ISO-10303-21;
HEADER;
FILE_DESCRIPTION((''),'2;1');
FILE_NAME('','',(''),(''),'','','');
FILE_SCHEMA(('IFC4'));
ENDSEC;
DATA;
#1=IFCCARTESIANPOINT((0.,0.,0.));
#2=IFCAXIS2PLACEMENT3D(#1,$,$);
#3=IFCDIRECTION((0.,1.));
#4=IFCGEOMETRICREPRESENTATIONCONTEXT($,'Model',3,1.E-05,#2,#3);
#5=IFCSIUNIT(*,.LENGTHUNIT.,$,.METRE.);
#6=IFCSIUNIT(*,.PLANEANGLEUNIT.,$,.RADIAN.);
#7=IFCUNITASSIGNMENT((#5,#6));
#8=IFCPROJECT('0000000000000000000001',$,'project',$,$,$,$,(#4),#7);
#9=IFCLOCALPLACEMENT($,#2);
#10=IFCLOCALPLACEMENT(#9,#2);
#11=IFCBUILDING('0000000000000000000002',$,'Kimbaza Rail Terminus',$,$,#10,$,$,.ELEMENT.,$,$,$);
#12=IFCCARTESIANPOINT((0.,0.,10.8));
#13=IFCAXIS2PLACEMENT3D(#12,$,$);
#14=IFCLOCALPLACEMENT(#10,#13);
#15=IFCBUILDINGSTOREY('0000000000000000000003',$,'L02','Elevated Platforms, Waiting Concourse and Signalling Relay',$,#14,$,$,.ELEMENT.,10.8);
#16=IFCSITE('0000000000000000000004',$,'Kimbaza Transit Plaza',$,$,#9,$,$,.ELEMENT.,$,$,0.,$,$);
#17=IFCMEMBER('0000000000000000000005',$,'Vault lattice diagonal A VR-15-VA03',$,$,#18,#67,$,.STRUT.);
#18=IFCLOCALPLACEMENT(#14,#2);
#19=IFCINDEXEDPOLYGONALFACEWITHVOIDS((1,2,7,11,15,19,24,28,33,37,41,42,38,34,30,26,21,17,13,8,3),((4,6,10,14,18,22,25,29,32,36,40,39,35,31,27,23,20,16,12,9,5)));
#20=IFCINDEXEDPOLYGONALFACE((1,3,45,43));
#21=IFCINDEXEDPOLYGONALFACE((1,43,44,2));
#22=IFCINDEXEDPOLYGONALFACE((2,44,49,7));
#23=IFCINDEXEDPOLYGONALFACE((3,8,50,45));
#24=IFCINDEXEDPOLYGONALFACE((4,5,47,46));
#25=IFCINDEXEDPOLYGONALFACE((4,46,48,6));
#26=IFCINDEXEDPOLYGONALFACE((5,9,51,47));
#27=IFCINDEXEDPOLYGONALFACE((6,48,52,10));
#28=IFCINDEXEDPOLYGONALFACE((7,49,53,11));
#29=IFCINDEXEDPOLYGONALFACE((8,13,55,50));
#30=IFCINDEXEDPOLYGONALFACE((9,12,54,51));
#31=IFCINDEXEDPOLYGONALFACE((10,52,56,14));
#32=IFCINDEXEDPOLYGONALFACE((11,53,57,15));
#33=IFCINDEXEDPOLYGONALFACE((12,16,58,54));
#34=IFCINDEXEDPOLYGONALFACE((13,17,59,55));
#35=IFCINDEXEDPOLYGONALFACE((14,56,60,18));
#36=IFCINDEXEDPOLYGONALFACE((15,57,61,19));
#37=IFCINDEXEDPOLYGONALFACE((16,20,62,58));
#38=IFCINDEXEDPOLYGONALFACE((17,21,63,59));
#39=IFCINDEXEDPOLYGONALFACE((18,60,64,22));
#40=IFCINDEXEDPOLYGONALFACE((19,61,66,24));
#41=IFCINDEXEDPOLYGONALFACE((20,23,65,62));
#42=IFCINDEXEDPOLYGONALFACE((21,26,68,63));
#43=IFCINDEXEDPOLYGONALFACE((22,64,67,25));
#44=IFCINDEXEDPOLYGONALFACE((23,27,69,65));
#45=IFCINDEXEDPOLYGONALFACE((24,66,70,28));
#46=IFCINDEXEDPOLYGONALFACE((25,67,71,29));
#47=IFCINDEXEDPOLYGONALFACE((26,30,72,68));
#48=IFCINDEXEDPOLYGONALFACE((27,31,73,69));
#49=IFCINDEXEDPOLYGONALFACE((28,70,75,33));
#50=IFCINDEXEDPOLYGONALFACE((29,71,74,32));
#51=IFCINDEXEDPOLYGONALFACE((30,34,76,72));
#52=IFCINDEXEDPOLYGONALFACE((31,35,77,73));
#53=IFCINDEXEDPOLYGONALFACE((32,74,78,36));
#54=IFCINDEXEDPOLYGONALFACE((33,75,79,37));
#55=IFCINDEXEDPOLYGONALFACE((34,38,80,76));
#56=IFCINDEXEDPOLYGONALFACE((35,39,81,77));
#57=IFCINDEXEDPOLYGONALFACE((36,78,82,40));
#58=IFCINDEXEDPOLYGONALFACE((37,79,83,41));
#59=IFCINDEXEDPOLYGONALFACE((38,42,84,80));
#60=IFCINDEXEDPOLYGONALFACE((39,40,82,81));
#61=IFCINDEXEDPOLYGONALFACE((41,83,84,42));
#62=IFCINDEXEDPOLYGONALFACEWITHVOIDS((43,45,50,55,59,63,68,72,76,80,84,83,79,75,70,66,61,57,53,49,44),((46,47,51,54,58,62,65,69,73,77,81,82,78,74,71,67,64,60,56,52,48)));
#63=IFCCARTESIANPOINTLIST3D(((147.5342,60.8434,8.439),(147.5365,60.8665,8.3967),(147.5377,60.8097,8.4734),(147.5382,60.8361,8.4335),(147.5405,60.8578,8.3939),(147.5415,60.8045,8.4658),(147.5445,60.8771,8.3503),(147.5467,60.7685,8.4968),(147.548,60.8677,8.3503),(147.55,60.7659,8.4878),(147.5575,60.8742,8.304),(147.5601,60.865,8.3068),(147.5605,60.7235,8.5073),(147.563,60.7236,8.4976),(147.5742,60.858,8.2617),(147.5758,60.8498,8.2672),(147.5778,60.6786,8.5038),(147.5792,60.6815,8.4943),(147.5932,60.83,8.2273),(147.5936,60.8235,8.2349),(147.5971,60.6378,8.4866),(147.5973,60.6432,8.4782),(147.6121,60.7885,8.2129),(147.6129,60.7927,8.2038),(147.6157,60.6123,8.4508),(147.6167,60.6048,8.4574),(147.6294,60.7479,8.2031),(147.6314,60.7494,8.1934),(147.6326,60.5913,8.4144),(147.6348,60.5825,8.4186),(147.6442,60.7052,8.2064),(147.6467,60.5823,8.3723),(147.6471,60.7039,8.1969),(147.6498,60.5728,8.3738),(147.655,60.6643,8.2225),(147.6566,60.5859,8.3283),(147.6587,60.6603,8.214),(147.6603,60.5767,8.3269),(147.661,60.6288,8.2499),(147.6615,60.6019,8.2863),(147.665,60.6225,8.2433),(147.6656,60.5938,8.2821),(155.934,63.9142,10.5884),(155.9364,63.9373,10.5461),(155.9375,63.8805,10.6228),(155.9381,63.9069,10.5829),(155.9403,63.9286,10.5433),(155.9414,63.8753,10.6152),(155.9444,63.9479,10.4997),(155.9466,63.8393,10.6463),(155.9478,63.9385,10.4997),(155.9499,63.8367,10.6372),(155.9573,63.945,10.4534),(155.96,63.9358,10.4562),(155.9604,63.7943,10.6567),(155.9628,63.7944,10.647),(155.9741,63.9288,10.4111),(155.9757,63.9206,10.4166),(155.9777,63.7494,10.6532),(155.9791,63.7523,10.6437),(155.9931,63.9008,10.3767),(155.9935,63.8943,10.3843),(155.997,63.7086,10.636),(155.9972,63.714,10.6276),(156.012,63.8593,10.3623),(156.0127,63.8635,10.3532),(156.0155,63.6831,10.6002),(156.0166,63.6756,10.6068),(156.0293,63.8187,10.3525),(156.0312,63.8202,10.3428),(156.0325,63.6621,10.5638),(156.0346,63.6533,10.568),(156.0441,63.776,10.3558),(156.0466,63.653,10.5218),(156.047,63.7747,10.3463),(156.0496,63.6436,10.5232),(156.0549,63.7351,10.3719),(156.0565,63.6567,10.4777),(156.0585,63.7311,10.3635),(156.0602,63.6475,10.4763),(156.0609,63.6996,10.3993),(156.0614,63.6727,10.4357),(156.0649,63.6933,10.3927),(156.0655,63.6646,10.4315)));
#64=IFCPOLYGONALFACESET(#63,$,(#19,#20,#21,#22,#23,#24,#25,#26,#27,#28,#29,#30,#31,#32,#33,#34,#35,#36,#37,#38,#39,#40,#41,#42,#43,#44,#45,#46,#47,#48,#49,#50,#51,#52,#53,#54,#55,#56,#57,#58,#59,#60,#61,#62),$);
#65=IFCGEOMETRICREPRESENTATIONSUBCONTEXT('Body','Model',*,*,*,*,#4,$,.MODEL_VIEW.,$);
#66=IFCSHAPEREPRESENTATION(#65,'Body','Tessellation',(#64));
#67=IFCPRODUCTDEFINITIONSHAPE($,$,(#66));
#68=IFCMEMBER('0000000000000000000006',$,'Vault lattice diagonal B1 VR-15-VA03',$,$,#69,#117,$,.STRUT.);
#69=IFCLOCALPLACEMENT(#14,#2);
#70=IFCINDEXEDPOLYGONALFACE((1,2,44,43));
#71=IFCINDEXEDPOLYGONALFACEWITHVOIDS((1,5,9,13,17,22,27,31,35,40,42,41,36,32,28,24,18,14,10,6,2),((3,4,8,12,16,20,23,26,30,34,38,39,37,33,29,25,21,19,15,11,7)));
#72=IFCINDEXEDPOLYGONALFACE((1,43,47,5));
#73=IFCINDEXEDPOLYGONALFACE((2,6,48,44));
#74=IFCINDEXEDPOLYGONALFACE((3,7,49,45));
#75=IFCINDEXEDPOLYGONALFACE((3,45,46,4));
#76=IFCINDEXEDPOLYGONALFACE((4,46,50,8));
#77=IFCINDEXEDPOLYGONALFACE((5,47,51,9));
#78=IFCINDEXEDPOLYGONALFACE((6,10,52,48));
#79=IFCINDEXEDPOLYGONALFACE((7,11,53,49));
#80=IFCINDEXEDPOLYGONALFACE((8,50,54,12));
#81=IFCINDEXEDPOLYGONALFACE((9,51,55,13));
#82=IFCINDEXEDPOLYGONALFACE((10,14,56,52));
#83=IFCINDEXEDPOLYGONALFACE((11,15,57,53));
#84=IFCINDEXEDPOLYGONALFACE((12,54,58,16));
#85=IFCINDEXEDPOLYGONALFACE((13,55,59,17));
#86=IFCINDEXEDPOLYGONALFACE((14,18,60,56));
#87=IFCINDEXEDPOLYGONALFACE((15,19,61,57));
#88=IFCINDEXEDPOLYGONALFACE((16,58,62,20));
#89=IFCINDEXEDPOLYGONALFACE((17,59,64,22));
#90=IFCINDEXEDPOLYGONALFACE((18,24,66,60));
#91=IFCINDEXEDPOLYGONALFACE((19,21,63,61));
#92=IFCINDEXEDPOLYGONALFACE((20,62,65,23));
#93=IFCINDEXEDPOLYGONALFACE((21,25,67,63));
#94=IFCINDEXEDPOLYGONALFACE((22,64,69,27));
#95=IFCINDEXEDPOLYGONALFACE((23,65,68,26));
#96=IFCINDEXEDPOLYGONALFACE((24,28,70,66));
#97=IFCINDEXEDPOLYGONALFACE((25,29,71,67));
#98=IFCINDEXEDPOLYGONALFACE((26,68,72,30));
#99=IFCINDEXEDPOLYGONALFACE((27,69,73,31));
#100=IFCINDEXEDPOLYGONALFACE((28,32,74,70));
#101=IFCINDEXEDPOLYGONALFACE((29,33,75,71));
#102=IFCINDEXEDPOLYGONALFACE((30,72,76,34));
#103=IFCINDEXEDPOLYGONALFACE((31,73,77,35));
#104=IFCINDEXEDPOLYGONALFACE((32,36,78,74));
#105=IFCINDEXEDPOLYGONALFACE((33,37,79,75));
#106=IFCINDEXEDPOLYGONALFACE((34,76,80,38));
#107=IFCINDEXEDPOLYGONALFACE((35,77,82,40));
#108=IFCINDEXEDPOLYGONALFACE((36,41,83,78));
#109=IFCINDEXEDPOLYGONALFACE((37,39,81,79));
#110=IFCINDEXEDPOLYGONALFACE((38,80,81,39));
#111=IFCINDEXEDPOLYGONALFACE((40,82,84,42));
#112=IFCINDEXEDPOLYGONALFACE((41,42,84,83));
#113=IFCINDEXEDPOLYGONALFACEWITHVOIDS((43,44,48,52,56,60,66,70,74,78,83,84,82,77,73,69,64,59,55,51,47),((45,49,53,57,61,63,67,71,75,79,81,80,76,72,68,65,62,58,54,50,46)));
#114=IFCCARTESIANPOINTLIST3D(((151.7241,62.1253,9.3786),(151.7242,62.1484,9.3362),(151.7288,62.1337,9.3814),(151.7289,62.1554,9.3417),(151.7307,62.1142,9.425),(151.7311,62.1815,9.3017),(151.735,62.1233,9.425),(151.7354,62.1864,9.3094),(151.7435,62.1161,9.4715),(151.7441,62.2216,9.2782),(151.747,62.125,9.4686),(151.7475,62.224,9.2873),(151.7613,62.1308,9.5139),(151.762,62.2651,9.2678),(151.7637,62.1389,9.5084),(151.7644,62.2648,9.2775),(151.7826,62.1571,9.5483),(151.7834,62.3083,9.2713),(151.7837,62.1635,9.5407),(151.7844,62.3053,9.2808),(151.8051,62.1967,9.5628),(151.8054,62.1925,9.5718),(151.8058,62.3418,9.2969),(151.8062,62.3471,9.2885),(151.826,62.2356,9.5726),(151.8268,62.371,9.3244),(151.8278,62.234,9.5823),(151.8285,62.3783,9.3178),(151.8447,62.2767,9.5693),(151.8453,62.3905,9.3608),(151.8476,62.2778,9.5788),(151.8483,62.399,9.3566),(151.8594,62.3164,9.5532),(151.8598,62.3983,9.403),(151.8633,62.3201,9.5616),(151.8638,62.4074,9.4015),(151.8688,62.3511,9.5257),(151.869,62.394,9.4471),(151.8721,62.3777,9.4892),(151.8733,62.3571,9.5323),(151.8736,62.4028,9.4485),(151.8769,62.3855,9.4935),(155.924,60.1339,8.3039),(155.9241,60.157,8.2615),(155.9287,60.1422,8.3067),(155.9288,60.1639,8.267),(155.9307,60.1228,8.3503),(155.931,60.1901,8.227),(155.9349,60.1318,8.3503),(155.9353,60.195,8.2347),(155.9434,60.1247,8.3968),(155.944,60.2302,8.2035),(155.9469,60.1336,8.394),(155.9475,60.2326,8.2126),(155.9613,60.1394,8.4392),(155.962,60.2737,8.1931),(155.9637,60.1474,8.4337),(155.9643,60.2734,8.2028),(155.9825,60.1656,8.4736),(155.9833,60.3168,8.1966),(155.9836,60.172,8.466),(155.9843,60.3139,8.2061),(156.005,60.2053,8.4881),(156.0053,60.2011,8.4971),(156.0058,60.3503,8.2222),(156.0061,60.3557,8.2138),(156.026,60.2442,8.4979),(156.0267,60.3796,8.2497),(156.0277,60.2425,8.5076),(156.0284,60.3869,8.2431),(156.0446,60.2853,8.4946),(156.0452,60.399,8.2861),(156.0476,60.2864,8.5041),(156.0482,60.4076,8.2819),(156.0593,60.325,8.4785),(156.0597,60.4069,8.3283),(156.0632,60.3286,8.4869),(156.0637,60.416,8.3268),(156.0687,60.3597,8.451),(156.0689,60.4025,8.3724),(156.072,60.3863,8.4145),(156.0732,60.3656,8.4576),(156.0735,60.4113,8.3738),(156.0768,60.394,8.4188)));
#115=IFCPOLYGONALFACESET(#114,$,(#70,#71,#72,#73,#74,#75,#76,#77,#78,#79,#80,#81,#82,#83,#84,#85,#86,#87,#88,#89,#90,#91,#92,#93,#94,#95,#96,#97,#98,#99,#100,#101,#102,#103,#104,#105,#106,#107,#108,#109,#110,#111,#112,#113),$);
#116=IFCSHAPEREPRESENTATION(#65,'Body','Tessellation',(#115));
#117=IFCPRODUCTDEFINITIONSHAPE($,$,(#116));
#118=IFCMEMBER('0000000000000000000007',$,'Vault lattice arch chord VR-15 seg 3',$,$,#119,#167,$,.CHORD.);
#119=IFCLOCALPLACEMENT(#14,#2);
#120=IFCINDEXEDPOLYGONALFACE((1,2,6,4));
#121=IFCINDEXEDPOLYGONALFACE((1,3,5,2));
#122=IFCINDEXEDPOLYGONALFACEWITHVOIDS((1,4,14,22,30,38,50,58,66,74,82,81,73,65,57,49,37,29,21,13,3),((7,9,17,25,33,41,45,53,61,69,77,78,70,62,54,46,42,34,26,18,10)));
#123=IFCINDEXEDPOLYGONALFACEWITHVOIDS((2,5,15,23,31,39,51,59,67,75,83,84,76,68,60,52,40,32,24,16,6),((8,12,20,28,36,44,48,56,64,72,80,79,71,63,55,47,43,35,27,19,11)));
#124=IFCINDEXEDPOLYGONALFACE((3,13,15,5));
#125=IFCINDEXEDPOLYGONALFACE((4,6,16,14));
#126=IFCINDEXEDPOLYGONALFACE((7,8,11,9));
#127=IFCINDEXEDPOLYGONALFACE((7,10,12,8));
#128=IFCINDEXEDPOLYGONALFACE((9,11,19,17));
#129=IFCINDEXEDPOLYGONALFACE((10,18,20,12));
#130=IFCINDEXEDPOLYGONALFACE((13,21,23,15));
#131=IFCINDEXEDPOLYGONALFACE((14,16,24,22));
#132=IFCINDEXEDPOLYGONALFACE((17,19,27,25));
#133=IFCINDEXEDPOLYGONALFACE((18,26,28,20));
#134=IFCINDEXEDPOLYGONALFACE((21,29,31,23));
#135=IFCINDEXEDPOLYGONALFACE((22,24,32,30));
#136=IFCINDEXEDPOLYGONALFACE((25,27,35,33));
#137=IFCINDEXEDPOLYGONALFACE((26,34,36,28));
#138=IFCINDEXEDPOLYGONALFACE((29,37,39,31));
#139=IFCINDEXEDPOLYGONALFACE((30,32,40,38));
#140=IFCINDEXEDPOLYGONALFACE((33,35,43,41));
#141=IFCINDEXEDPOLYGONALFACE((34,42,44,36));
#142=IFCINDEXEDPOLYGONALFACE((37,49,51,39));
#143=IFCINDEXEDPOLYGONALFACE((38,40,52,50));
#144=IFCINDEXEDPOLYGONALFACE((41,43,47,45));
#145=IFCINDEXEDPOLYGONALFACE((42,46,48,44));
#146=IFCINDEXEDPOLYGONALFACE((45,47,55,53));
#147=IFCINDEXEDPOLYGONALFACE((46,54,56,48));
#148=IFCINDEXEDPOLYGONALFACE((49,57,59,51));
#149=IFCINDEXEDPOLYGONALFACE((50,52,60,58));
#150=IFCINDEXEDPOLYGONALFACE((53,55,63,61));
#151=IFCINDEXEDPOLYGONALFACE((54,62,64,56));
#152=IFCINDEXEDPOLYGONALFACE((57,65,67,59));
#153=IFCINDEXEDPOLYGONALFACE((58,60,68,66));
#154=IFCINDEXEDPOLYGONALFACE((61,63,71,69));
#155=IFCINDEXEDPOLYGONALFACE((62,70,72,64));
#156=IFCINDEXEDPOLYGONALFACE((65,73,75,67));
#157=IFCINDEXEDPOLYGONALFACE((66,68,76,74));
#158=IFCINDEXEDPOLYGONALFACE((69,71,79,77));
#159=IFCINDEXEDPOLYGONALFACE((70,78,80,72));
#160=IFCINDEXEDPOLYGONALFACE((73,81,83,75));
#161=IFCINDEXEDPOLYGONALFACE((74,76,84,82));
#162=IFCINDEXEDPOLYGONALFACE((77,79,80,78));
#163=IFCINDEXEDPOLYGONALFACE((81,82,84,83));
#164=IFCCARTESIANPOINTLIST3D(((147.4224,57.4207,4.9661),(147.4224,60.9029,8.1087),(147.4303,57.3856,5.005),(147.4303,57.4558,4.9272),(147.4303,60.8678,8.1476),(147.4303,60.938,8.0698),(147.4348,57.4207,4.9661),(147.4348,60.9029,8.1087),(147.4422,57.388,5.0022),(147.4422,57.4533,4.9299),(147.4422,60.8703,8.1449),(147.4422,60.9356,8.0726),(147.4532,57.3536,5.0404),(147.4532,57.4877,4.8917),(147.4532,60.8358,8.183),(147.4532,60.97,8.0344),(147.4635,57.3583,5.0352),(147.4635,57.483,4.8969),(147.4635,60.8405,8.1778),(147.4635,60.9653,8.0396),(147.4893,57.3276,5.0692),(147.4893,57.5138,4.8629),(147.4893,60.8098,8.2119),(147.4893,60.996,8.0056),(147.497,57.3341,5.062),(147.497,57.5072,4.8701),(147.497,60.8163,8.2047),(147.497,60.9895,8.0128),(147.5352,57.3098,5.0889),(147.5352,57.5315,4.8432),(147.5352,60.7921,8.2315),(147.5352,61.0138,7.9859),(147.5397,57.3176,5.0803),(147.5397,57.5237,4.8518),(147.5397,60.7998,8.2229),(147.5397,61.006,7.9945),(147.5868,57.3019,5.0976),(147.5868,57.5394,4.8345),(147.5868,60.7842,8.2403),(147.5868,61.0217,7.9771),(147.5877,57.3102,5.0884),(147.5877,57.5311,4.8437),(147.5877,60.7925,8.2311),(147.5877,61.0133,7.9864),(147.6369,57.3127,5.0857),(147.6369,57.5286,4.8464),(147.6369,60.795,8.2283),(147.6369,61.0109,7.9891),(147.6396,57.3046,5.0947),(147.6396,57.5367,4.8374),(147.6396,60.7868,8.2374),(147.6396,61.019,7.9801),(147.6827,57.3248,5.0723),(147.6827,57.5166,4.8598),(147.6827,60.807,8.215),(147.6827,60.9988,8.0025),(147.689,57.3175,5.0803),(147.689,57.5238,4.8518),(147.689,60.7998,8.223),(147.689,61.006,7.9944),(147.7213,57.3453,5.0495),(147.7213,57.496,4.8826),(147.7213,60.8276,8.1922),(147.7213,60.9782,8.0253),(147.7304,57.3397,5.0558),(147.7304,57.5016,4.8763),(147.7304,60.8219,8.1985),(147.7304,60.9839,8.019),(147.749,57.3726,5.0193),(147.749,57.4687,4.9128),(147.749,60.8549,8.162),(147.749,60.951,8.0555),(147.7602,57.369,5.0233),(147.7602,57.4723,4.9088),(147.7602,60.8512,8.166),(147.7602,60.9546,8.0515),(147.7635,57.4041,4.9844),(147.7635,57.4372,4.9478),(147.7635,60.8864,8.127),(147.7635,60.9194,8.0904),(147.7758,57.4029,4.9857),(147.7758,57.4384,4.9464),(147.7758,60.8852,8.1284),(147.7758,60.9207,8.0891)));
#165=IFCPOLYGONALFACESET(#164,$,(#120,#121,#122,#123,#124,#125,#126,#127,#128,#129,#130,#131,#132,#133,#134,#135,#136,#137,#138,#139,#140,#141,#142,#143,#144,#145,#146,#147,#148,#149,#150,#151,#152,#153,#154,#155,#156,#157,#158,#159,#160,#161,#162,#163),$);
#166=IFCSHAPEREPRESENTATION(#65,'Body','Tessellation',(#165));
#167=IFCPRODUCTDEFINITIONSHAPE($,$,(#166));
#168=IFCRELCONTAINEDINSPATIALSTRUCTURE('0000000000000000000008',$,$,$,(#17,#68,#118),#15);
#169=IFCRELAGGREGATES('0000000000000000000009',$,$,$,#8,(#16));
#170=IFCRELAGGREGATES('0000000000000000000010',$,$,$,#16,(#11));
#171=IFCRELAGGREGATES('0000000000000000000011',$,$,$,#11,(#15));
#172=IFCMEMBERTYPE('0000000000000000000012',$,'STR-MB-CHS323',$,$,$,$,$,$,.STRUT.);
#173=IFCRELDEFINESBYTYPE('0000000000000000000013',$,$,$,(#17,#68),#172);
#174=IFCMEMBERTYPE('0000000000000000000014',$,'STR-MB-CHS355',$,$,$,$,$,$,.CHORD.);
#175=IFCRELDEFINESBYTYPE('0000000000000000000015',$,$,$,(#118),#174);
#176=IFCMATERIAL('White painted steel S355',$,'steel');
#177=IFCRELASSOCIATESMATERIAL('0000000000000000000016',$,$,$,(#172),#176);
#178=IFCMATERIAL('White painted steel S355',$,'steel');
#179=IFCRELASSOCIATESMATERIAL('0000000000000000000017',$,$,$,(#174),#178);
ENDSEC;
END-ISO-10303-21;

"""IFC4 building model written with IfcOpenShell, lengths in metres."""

from ifc_helpers import new_model, si_unit, direction, frame, origin, origin_2d, place, context, subcontext, project, spatial, hollow_circle, extrude, material, material_profile, profile_set, type_object, element, save


model = new_model("IFC4")

# Units and contexts
model_context = context("Model", 3, precision=1e-05, world=origin(), true_north=direction((0.0, 1.0)))
body_context = subcontext(model_context, "Body", "Model", "MODEL_VIEW")
ifc_project = project(units=[si_unit("LENGTHUNIT", "METRE"), si_unit("PLANEANGLEUNIT", "RADIAN")], contexts=[model_context])

# Site, building, storey
site_placement = place(None, origin())
site = spatial("IfcSite", under=ifc_project, at=site_placement, Name="Kimbaza Transit Plaza", CompositionType="ELEMENT", RefElevation=0.0)
building_placement = place(site_placement, origin())
building = spatial("IfcBuilding", under=site, at=building_placement, Name="Kimbaza Rail Terminus", CompositionType="ELEMENT")
storey_placement = place(building_placement, frame((0.0, 0.0, 10.8)))
storey = spatial("IfcBuildingStorey", under=building, at=storey_placement, Name="L02", Description="Elevated Platforms, Waiting Concourse and Signalling Relay", CompositionType="ELEMENT", Elevation=10.8)

# Members
ifc_material_1 = material(Name="White painted steel S355", Category="steel")
ifc_material_profile_1 = material_profile(ifc_material_1, hollow_circle(Radius=0.1619, WallThickness=0.01, at=origin_2d()), Name="CHS 323.9x10")
ifc_profile_set_1 = profile_set([ifc_material_profile_1], Name="White painted steel S355")
member_type_1 = type_object("IfcMemberType", Name="STR-MB-CHS323", PredefinedType="STRUT", material=ifc_profile_set_1)
member_1_placement = place(storey_placement, frame((147.6001, 60.7251, 8.3503), z_axis=(0.913205, 0.333845, 0.233676), x_axis=(-0.343351, 0.939207, 0.0)))
element("IfcMember", 1, at=member_1_placement, inside=storey, type_object=member_type_1, Name="Vault lattice diagonal A VR-15-VA03", PredefinedType="STRUT", context=body_context, shape_type="SweptSolid", body=[
    extrude(hollow_circle(Radius=0.1619, WallThickness=0.01, at=origin_2d()), origin(), (0.0, 0.0, 1.0), 9.1982),
])
member_2_placement = place(storey_placement, frame((156.0, 60.269, 8.3503), z_axis=(-0.880346, 0.417426, 0.225268), x_axis=(-0.428439, -0.903571, 0.0)))
element("IfcMember", 2, at=member_2_placement, inside=storey, type_object=member_type_1, Name="Vault lattice diagonal B1 VR-15-VA03", PredefinedType="STRUT", context=body_context, shape_type="SweptSolid", body=[
    extrude(hollow_circle(Radius=0.1619, WallThickness=0.01, at=origin_2d()), origin(), (0.0, 0.0, 1.0), 4.7708),
])
ifc_material_2 = material(Name="White painted steel S355", Category="steel")
ifc_material_profile_2 = material_profile(ifc_material_2, hollow_circle(Radius=0.1777, WallThickness=0.0125, at=origin_2d()), Name="CHS 355.6x12.5")
ifc_profile_set_2 = profile_set([ifc_material_profile_2], Name="White painted steel S355")
member_type_2 = type_object("IfcMemberType", Name="STR-MB-CHS355", PredefinedType="CHORD", material=ifc_profile_set_2)
member_3_placement = place(storey_placement, frame((147.6001, 57.4207, 4.9661), z_axis=(0.0, 0.74238, 0.669979), x_axis=(-1.0, 0.0, 0.0)))
element("IfcMember", 3, at=member_3_placement, inside=storey, type_object=member_type_2, Name="Vault lattice arch chord VR-15 seg 3", PredefinedType="CHORD", context=body_context, shape_type="SweptSolid", body=[
    extrude(hollow_circle(Radius=0.1777, WallThickness=0.0125, at=origin_2d()), origin(), (0.0, 0.0, 1.0), 4.6907),
])

save(model, "model.ifc")
